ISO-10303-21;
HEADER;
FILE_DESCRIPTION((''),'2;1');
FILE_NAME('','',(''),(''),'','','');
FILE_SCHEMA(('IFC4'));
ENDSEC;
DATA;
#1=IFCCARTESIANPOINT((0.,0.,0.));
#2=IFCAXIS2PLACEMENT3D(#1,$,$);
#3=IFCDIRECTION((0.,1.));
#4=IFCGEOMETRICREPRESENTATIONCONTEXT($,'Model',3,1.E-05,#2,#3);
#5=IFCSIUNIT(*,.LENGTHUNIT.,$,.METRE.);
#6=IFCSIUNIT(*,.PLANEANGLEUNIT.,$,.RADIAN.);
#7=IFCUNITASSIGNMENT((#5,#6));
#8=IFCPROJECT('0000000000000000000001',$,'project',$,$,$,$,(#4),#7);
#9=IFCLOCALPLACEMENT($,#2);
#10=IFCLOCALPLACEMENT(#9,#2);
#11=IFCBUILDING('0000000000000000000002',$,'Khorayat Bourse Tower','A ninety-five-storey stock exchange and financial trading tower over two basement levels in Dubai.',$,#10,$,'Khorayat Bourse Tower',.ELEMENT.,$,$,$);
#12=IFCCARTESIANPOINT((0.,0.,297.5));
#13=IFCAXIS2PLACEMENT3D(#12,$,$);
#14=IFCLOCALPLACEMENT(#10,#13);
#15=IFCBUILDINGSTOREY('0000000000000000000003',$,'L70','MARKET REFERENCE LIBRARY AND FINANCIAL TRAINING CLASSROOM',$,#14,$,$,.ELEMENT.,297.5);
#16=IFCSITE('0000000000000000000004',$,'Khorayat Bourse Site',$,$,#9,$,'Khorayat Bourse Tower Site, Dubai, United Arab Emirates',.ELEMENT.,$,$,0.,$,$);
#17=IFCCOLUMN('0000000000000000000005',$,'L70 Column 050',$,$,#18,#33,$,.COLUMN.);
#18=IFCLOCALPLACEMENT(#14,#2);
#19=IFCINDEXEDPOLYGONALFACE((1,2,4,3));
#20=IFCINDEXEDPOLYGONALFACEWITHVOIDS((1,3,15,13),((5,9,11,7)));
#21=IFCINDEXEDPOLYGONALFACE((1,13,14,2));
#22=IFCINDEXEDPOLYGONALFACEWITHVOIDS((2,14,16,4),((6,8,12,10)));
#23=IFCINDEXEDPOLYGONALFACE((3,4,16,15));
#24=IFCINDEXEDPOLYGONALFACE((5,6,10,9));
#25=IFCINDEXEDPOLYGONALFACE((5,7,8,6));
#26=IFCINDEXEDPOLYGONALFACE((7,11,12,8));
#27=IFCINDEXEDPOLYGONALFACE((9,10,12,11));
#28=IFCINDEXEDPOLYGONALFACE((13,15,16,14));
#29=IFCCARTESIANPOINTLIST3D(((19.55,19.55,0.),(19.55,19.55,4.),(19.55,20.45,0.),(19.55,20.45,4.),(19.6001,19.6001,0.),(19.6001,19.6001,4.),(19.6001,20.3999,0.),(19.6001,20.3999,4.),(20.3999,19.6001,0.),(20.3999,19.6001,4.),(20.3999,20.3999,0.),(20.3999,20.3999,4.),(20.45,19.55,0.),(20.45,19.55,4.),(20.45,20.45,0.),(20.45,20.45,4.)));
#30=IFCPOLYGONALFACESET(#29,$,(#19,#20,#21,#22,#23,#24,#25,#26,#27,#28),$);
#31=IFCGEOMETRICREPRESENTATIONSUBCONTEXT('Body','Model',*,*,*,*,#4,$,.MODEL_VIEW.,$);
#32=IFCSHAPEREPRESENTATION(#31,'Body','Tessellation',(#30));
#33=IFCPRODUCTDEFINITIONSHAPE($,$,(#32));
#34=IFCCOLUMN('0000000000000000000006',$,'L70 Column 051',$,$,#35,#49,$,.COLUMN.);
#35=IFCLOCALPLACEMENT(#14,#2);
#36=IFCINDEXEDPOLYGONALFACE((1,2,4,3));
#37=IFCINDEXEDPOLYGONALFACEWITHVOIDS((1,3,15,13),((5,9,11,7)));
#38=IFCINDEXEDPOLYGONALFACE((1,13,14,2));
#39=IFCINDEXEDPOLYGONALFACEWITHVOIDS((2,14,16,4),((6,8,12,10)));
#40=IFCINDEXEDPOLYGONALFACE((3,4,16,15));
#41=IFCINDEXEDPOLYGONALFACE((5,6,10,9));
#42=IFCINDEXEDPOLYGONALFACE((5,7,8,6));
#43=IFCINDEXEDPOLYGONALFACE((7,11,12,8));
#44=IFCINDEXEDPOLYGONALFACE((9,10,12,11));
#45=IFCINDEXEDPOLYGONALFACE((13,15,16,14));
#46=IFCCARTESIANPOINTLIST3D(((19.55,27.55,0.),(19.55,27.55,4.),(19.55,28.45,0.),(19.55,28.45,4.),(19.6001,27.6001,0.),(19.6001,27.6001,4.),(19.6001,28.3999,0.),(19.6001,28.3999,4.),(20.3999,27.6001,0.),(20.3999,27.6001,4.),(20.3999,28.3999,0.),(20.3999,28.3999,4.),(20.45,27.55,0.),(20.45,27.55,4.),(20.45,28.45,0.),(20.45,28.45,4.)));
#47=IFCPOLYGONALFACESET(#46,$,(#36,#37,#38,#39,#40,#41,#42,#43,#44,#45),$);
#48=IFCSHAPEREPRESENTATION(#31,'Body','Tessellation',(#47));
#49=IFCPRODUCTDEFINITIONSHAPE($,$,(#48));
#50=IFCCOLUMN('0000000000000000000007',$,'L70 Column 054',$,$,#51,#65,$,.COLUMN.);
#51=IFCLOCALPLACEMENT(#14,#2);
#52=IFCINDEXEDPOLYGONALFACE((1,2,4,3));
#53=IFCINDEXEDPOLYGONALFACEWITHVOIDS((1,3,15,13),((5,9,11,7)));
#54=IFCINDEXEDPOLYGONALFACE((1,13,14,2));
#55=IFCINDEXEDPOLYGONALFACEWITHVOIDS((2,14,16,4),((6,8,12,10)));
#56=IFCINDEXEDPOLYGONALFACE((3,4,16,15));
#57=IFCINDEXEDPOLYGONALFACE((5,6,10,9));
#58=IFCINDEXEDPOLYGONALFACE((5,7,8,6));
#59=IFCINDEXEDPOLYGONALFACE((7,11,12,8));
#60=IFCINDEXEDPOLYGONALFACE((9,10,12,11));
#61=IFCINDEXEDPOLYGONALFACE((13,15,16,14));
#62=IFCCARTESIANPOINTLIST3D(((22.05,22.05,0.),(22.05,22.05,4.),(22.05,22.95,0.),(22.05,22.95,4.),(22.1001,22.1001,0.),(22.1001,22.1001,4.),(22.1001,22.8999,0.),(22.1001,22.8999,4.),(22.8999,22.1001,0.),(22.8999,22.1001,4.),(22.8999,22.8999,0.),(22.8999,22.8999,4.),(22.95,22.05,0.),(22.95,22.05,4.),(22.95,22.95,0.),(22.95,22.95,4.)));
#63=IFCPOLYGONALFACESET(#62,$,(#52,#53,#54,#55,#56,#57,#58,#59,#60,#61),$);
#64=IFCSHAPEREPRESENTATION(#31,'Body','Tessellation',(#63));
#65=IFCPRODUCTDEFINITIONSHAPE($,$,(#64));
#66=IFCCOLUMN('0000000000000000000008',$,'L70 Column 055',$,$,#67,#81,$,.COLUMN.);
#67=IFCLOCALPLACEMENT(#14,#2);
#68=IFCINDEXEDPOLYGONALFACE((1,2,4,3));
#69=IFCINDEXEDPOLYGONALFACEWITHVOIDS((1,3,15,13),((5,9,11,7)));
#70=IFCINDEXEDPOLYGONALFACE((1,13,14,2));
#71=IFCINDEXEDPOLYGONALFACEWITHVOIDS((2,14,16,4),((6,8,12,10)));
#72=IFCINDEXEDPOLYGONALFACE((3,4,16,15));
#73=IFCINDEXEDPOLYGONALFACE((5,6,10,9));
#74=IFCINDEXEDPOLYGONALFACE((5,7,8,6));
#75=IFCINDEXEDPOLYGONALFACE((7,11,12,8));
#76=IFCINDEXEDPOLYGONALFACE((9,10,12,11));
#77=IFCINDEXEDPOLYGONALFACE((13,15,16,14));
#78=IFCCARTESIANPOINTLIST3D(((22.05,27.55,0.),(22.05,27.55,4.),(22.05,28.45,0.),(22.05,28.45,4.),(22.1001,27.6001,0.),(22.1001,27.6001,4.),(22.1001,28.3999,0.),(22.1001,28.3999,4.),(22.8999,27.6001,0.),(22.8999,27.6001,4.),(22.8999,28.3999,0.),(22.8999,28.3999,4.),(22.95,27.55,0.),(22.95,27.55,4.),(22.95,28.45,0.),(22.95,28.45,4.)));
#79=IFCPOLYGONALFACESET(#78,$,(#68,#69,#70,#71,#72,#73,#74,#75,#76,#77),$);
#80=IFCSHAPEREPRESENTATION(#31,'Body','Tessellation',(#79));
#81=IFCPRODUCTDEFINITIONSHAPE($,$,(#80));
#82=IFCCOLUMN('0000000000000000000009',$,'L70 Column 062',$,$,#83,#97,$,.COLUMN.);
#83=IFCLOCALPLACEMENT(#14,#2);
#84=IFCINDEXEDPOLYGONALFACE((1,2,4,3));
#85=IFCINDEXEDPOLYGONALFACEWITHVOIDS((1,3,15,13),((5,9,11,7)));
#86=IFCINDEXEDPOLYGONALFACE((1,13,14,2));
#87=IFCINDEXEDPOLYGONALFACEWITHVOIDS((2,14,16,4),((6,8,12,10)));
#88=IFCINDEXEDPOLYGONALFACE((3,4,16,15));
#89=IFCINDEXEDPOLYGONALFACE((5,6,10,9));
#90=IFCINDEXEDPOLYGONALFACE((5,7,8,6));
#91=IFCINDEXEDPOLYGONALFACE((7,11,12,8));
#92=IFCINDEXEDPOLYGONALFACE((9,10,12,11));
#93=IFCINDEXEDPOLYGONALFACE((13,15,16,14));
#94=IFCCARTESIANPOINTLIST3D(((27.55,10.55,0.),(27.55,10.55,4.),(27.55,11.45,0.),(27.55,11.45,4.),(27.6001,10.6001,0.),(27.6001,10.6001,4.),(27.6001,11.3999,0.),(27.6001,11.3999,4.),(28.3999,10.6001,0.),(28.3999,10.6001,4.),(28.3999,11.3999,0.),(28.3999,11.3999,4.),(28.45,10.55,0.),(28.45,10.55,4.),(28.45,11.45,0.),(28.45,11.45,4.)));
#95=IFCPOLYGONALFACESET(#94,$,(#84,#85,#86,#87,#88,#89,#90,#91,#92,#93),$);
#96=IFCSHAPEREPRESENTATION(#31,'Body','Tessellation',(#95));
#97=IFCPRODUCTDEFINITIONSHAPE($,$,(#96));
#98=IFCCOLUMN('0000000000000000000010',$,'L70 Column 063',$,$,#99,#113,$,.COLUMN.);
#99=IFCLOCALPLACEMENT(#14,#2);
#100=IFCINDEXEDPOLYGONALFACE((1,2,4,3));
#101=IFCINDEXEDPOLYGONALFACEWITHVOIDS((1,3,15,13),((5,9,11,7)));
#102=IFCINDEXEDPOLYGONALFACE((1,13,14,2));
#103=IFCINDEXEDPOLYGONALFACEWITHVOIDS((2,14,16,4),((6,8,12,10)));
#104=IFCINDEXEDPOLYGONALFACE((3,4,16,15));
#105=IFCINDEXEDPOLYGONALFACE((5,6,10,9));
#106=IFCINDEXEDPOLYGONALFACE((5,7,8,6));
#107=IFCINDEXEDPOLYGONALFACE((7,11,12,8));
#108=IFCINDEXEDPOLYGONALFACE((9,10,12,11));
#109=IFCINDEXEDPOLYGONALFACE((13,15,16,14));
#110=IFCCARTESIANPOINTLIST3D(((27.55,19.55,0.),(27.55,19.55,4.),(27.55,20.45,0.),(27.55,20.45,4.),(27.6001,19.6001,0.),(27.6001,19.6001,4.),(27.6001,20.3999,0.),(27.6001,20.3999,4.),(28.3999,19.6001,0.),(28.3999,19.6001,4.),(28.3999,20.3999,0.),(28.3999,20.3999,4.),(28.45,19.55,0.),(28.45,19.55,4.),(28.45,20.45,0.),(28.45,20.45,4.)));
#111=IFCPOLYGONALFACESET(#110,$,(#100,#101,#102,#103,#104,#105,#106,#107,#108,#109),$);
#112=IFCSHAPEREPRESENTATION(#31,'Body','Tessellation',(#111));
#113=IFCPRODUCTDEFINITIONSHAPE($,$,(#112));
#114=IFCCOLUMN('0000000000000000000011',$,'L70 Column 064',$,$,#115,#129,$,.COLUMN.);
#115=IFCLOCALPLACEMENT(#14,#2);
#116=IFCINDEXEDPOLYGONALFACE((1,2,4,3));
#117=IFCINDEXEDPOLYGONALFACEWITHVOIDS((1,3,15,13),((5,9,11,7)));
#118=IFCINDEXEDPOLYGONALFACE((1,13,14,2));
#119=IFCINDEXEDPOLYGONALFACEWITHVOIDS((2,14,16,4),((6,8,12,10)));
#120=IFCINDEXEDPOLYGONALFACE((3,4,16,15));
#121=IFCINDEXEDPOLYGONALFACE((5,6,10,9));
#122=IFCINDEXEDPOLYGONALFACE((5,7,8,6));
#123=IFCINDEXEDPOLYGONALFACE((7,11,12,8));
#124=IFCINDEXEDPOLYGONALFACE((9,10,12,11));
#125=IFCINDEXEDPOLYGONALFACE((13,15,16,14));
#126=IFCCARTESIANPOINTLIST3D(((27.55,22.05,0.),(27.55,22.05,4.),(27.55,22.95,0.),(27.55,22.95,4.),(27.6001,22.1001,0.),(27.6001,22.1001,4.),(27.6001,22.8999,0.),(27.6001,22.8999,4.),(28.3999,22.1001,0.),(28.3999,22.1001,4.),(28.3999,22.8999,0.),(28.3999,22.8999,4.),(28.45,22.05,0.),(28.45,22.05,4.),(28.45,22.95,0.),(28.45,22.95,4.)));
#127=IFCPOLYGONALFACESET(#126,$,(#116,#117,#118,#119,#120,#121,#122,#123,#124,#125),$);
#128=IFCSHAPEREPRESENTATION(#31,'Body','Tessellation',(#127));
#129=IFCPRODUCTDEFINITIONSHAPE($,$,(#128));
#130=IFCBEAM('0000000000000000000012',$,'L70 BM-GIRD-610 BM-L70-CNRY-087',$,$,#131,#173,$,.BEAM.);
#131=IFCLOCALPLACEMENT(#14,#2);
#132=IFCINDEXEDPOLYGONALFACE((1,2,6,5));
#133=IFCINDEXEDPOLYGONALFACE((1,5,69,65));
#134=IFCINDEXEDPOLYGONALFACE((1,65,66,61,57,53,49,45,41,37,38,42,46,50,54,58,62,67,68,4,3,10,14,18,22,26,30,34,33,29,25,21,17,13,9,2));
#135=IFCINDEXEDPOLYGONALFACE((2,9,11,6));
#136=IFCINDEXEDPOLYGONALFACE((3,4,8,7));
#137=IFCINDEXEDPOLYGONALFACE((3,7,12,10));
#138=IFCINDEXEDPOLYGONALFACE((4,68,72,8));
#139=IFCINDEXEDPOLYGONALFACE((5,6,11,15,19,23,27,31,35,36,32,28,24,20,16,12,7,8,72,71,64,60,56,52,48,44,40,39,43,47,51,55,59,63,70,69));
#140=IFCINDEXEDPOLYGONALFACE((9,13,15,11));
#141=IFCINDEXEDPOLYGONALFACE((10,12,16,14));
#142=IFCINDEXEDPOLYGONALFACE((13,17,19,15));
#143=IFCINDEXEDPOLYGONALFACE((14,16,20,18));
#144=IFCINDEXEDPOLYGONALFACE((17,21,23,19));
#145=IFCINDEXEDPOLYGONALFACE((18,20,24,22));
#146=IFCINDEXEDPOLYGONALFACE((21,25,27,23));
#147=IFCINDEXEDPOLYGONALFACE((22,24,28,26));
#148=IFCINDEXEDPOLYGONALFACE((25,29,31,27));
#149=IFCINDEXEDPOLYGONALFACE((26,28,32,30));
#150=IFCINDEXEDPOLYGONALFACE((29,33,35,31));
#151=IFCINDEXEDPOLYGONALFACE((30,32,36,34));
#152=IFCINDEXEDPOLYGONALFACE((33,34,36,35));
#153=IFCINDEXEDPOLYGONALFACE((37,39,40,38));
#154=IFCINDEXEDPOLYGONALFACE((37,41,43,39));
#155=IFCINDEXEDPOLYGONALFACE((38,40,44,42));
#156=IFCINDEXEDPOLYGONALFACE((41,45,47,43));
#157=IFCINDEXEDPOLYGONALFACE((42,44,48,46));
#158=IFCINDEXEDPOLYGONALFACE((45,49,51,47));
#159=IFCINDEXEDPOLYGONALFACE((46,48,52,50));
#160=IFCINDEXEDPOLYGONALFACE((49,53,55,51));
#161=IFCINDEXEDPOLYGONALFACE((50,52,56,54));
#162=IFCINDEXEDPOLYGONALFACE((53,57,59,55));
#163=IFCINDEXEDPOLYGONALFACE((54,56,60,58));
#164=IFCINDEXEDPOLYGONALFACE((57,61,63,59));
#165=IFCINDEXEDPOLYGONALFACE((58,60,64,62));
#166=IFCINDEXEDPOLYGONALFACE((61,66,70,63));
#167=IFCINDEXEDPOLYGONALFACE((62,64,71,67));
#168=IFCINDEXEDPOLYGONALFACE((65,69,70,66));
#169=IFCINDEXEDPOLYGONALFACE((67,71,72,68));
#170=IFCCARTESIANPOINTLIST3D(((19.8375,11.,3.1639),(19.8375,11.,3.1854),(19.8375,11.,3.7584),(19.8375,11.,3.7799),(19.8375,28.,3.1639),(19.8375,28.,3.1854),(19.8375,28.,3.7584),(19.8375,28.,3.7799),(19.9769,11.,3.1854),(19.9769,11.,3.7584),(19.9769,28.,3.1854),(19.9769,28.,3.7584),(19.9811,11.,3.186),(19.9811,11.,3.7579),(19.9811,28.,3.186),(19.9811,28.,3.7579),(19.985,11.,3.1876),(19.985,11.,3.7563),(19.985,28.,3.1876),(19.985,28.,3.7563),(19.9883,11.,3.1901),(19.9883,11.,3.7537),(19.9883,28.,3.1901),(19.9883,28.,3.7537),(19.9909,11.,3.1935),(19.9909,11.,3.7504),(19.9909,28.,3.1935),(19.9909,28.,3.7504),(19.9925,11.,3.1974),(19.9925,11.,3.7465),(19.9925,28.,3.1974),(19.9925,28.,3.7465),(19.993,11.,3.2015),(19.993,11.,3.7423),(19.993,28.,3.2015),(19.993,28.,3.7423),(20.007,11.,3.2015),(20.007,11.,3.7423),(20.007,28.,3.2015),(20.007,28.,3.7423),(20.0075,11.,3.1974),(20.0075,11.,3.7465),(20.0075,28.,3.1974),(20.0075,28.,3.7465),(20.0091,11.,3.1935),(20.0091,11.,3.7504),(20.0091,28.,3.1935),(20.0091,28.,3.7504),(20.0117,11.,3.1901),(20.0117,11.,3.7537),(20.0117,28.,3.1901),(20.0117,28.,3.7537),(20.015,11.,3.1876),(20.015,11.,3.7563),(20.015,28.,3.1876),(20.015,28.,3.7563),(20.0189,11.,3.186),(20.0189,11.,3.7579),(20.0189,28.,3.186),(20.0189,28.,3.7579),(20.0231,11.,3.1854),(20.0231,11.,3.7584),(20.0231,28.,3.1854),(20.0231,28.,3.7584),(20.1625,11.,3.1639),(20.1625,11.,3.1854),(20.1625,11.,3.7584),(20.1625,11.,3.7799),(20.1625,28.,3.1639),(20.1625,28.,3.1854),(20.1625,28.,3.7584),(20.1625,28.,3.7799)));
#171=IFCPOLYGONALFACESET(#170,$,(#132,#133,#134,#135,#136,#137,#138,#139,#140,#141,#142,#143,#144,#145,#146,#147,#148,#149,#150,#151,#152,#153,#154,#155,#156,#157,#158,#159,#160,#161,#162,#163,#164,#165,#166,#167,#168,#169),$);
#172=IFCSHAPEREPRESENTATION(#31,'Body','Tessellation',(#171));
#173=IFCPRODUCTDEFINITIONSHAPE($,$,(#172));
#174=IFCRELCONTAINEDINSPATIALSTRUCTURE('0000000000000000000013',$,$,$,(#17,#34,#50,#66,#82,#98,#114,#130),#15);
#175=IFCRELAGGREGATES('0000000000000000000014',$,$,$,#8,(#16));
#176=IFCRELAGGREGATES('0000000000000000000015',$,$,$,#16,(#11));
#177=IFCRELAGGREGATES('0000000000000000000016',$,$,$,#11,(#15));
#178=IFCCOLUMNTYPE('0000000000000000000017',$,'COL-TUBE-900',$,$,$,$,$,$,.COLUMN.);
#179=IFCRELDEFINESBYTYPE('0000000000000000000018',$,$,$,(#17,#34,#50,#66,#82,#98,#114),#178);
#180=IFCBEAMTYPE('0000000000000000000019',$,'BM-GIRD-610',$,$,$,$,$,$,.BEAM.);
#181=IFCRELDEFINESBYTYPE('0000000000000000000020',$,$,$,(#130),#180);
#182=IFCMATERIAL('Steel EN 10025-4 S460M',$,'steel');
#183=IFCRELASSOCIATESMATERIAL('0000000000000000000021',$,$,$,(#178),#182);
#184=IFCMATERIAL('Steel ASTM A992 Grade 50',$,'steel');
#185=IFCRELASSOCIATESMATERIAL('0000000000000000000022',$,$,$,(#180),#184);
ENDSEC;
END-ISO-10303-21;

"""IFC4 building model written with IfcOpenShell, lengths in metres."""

from ifc_helpers import new_model, si_unit, direction, frame, origin, origin_2d, place, context, subcontext, project, spatial, hollow_rectangle, i_section, extrude, source, transform, mapped, material, material_profile, profile_set, type_object, element, save


model = new_model("IFC4")

# Units and contexts
model_context = context("Model", 3, precision=1e-05, world=origin(), true_north=direction((0.0, 1.0)))
body_context = subcontext(model_context, "Body", "Model", "MODEL_VIEW")
ifc_project = project(units=[si_unit("LENGTHUNIT", "METRE"), si_unit("PLANEANGLEUNIT", "RADIAN")], contexts=[model_context])

# Site, building, storey
site_placement = place(None, origin())
site = spatial("IfcSite", under=ifc_project, at=site_placement, Name="Khorayat Bourse Site", LongName="Khorayat Bourse Tower Site, Dubai, United Arab Emirates", CompositionType="ELEMENT", RefElevation=0.0)
building_placement = place(site_placement, origin())
building = spatial("IfcBuilding", under=site, at=building_placement, Name="Khorayat Bourse Tower", Description="A ninety-five-storey stock exchange and financial trading tower over two basement levels in Dubai.", LongName="Khorayat Bourse Tower", CompositionType="ELEMENT")
storey_placement = place(building_placement, frame((0.0, 0.0, 297.5)))
storey = spatial("IfcBuildingStorey", under=building, at=storey_placement, Name="L70", Description="MARKET REFERENCE LIBRARY AND FINANCIAL TRAINING CLASSROOM", CompositionType="ELEMENT", Elevation=297.5)

# Columns
ifc_material_1 = material(Name="Steel EN 10025-4 S460M", Category="steel")
ifc_material_profile_1 = material_profile(ifc_material_1, hollow_rectangle(XDim=0.8999, YDim=0.8999, WallThickness=0.05, at=origin_2d()), Name="BOX 900x900x50")
ifc_profile_set_1 = profile_set([ifc_material_profile_1], Name="Steel EN 10025-4 S460M")
column_type = type_object("IfcColumnType", Name="COL-TUBE-900", PredefinedType="COLUMN", material=ifc_profile_set_1)
shared_shape_1 = source(origin(), body_context, "Body", "SweptSolid", [
    extrude(hollow_rectangle(XDim=0.8999, YDim=0.8999, WallThickness=0.05, at=origin_2d()), origin(), (0.0, 0.0, 1.0), 4.0),
])
for number, where, z_axis, x_axis, name in (
    (1, (20.0, 20.0, 0.0), (0.0, 0.0, 1.0), (1.0, 0.0, 0.0), "L70 Column 050"),
    (2, (20.0, 28.0, 0.0), (0.0, 0.0, 1.0), (1.0, 0.0, 0.0), "L70 Column 051"),
    (3, (22.5, 22.5, 0.0), (0.0, 0.0, 1.0), (1.0, 0.0, 0.0), "L70 Column 054"),
    (4, (22.5, 28.0, 0.0), (0.0, 0.0, 1.0), (1.0, 0.0, 0.0), "L70 Column 055"),
    (5, (28.0, 11.0, 0.0), (0.0, 0.0, 1.0), (1.0, 0.0, 0.0), "L70 Column 062"),
    (6, (28.0, 20.0, 0.0), (0.0, 0.0, 1.0), (1.0, 0.0, 0.0), "L70 Column 063"),
    (7, (28.0, 22.5, 0.0), (0.0, 0.0, 1.0), (1.0, 0.0, 0.0), "L70 Column 064"),
):
    element("IfcColumn", number, at=place(storey_placement, frame(where, z_axis=z_axis, x_axis=x_axis)), inside=storey, type_object=column_type, Name=name, PredefinedType="COLUMN", context=body_context, shape_type="MappedRepresentation", body=[
        mapped(shared_shape_1, transform((0.0, 0.0, 0.0), scale=1.0)),
    ])

# Beam
ifc_material_2 = material(Name="Steel ASTM A992 Grade 50", Category="steel")
ifc_material_profile_2 = material_profile(ifc_material_2, i_section(OverallWidth=0.325, OverallDepth=0.616, WebThickness=0.0139, FlangeThickness=0.0215, FilletRadius=0.0161, at=origin_2d()), Name="W610X174")
ifc_profile_set_2 = profile_set([ifc_material_profile_2], Name="Steel ASTM A992 Grade 50")
beam_type_1 = type_object("IfcBeamType", Name="BM-GIRD-610", PredefinedType="BEAM", material=ifc_profile_set_2)
shared_shape_2 = source(origin(), body_context, "Body", "SweptSolid", [
    extrude(i_section(OverallWidth=0.325, OverallDepth=0.616, WebThickness=0.0139, FlangeThickness=0.0215, FilletRadius=0.0161, at=origin_2d()), origin(), (0.0, 0.0, 1.0), 17.0),
])
beam_1_placement = place(storey_placement, frame((20.0, 11.0, 3.4719), z_axis=(0.0, 1.0, 0.0), x_axis=(-1.0, 0.0, 0.0)))
element("IfcBeam", 8, at=beam_1_placement, inside=storey, type_object=beam_type_1, Name="L70 BM-GIRD-610 BM-L70-CNRY-087", PredefinedType="BEAM", context=body_context, shape_type="MappedRepresentation", body=[
    mapped(shared_shape_2, transform((0.0, 0.0, 0.0), scale=1.0)),
])

save(model, "model.ifc")
